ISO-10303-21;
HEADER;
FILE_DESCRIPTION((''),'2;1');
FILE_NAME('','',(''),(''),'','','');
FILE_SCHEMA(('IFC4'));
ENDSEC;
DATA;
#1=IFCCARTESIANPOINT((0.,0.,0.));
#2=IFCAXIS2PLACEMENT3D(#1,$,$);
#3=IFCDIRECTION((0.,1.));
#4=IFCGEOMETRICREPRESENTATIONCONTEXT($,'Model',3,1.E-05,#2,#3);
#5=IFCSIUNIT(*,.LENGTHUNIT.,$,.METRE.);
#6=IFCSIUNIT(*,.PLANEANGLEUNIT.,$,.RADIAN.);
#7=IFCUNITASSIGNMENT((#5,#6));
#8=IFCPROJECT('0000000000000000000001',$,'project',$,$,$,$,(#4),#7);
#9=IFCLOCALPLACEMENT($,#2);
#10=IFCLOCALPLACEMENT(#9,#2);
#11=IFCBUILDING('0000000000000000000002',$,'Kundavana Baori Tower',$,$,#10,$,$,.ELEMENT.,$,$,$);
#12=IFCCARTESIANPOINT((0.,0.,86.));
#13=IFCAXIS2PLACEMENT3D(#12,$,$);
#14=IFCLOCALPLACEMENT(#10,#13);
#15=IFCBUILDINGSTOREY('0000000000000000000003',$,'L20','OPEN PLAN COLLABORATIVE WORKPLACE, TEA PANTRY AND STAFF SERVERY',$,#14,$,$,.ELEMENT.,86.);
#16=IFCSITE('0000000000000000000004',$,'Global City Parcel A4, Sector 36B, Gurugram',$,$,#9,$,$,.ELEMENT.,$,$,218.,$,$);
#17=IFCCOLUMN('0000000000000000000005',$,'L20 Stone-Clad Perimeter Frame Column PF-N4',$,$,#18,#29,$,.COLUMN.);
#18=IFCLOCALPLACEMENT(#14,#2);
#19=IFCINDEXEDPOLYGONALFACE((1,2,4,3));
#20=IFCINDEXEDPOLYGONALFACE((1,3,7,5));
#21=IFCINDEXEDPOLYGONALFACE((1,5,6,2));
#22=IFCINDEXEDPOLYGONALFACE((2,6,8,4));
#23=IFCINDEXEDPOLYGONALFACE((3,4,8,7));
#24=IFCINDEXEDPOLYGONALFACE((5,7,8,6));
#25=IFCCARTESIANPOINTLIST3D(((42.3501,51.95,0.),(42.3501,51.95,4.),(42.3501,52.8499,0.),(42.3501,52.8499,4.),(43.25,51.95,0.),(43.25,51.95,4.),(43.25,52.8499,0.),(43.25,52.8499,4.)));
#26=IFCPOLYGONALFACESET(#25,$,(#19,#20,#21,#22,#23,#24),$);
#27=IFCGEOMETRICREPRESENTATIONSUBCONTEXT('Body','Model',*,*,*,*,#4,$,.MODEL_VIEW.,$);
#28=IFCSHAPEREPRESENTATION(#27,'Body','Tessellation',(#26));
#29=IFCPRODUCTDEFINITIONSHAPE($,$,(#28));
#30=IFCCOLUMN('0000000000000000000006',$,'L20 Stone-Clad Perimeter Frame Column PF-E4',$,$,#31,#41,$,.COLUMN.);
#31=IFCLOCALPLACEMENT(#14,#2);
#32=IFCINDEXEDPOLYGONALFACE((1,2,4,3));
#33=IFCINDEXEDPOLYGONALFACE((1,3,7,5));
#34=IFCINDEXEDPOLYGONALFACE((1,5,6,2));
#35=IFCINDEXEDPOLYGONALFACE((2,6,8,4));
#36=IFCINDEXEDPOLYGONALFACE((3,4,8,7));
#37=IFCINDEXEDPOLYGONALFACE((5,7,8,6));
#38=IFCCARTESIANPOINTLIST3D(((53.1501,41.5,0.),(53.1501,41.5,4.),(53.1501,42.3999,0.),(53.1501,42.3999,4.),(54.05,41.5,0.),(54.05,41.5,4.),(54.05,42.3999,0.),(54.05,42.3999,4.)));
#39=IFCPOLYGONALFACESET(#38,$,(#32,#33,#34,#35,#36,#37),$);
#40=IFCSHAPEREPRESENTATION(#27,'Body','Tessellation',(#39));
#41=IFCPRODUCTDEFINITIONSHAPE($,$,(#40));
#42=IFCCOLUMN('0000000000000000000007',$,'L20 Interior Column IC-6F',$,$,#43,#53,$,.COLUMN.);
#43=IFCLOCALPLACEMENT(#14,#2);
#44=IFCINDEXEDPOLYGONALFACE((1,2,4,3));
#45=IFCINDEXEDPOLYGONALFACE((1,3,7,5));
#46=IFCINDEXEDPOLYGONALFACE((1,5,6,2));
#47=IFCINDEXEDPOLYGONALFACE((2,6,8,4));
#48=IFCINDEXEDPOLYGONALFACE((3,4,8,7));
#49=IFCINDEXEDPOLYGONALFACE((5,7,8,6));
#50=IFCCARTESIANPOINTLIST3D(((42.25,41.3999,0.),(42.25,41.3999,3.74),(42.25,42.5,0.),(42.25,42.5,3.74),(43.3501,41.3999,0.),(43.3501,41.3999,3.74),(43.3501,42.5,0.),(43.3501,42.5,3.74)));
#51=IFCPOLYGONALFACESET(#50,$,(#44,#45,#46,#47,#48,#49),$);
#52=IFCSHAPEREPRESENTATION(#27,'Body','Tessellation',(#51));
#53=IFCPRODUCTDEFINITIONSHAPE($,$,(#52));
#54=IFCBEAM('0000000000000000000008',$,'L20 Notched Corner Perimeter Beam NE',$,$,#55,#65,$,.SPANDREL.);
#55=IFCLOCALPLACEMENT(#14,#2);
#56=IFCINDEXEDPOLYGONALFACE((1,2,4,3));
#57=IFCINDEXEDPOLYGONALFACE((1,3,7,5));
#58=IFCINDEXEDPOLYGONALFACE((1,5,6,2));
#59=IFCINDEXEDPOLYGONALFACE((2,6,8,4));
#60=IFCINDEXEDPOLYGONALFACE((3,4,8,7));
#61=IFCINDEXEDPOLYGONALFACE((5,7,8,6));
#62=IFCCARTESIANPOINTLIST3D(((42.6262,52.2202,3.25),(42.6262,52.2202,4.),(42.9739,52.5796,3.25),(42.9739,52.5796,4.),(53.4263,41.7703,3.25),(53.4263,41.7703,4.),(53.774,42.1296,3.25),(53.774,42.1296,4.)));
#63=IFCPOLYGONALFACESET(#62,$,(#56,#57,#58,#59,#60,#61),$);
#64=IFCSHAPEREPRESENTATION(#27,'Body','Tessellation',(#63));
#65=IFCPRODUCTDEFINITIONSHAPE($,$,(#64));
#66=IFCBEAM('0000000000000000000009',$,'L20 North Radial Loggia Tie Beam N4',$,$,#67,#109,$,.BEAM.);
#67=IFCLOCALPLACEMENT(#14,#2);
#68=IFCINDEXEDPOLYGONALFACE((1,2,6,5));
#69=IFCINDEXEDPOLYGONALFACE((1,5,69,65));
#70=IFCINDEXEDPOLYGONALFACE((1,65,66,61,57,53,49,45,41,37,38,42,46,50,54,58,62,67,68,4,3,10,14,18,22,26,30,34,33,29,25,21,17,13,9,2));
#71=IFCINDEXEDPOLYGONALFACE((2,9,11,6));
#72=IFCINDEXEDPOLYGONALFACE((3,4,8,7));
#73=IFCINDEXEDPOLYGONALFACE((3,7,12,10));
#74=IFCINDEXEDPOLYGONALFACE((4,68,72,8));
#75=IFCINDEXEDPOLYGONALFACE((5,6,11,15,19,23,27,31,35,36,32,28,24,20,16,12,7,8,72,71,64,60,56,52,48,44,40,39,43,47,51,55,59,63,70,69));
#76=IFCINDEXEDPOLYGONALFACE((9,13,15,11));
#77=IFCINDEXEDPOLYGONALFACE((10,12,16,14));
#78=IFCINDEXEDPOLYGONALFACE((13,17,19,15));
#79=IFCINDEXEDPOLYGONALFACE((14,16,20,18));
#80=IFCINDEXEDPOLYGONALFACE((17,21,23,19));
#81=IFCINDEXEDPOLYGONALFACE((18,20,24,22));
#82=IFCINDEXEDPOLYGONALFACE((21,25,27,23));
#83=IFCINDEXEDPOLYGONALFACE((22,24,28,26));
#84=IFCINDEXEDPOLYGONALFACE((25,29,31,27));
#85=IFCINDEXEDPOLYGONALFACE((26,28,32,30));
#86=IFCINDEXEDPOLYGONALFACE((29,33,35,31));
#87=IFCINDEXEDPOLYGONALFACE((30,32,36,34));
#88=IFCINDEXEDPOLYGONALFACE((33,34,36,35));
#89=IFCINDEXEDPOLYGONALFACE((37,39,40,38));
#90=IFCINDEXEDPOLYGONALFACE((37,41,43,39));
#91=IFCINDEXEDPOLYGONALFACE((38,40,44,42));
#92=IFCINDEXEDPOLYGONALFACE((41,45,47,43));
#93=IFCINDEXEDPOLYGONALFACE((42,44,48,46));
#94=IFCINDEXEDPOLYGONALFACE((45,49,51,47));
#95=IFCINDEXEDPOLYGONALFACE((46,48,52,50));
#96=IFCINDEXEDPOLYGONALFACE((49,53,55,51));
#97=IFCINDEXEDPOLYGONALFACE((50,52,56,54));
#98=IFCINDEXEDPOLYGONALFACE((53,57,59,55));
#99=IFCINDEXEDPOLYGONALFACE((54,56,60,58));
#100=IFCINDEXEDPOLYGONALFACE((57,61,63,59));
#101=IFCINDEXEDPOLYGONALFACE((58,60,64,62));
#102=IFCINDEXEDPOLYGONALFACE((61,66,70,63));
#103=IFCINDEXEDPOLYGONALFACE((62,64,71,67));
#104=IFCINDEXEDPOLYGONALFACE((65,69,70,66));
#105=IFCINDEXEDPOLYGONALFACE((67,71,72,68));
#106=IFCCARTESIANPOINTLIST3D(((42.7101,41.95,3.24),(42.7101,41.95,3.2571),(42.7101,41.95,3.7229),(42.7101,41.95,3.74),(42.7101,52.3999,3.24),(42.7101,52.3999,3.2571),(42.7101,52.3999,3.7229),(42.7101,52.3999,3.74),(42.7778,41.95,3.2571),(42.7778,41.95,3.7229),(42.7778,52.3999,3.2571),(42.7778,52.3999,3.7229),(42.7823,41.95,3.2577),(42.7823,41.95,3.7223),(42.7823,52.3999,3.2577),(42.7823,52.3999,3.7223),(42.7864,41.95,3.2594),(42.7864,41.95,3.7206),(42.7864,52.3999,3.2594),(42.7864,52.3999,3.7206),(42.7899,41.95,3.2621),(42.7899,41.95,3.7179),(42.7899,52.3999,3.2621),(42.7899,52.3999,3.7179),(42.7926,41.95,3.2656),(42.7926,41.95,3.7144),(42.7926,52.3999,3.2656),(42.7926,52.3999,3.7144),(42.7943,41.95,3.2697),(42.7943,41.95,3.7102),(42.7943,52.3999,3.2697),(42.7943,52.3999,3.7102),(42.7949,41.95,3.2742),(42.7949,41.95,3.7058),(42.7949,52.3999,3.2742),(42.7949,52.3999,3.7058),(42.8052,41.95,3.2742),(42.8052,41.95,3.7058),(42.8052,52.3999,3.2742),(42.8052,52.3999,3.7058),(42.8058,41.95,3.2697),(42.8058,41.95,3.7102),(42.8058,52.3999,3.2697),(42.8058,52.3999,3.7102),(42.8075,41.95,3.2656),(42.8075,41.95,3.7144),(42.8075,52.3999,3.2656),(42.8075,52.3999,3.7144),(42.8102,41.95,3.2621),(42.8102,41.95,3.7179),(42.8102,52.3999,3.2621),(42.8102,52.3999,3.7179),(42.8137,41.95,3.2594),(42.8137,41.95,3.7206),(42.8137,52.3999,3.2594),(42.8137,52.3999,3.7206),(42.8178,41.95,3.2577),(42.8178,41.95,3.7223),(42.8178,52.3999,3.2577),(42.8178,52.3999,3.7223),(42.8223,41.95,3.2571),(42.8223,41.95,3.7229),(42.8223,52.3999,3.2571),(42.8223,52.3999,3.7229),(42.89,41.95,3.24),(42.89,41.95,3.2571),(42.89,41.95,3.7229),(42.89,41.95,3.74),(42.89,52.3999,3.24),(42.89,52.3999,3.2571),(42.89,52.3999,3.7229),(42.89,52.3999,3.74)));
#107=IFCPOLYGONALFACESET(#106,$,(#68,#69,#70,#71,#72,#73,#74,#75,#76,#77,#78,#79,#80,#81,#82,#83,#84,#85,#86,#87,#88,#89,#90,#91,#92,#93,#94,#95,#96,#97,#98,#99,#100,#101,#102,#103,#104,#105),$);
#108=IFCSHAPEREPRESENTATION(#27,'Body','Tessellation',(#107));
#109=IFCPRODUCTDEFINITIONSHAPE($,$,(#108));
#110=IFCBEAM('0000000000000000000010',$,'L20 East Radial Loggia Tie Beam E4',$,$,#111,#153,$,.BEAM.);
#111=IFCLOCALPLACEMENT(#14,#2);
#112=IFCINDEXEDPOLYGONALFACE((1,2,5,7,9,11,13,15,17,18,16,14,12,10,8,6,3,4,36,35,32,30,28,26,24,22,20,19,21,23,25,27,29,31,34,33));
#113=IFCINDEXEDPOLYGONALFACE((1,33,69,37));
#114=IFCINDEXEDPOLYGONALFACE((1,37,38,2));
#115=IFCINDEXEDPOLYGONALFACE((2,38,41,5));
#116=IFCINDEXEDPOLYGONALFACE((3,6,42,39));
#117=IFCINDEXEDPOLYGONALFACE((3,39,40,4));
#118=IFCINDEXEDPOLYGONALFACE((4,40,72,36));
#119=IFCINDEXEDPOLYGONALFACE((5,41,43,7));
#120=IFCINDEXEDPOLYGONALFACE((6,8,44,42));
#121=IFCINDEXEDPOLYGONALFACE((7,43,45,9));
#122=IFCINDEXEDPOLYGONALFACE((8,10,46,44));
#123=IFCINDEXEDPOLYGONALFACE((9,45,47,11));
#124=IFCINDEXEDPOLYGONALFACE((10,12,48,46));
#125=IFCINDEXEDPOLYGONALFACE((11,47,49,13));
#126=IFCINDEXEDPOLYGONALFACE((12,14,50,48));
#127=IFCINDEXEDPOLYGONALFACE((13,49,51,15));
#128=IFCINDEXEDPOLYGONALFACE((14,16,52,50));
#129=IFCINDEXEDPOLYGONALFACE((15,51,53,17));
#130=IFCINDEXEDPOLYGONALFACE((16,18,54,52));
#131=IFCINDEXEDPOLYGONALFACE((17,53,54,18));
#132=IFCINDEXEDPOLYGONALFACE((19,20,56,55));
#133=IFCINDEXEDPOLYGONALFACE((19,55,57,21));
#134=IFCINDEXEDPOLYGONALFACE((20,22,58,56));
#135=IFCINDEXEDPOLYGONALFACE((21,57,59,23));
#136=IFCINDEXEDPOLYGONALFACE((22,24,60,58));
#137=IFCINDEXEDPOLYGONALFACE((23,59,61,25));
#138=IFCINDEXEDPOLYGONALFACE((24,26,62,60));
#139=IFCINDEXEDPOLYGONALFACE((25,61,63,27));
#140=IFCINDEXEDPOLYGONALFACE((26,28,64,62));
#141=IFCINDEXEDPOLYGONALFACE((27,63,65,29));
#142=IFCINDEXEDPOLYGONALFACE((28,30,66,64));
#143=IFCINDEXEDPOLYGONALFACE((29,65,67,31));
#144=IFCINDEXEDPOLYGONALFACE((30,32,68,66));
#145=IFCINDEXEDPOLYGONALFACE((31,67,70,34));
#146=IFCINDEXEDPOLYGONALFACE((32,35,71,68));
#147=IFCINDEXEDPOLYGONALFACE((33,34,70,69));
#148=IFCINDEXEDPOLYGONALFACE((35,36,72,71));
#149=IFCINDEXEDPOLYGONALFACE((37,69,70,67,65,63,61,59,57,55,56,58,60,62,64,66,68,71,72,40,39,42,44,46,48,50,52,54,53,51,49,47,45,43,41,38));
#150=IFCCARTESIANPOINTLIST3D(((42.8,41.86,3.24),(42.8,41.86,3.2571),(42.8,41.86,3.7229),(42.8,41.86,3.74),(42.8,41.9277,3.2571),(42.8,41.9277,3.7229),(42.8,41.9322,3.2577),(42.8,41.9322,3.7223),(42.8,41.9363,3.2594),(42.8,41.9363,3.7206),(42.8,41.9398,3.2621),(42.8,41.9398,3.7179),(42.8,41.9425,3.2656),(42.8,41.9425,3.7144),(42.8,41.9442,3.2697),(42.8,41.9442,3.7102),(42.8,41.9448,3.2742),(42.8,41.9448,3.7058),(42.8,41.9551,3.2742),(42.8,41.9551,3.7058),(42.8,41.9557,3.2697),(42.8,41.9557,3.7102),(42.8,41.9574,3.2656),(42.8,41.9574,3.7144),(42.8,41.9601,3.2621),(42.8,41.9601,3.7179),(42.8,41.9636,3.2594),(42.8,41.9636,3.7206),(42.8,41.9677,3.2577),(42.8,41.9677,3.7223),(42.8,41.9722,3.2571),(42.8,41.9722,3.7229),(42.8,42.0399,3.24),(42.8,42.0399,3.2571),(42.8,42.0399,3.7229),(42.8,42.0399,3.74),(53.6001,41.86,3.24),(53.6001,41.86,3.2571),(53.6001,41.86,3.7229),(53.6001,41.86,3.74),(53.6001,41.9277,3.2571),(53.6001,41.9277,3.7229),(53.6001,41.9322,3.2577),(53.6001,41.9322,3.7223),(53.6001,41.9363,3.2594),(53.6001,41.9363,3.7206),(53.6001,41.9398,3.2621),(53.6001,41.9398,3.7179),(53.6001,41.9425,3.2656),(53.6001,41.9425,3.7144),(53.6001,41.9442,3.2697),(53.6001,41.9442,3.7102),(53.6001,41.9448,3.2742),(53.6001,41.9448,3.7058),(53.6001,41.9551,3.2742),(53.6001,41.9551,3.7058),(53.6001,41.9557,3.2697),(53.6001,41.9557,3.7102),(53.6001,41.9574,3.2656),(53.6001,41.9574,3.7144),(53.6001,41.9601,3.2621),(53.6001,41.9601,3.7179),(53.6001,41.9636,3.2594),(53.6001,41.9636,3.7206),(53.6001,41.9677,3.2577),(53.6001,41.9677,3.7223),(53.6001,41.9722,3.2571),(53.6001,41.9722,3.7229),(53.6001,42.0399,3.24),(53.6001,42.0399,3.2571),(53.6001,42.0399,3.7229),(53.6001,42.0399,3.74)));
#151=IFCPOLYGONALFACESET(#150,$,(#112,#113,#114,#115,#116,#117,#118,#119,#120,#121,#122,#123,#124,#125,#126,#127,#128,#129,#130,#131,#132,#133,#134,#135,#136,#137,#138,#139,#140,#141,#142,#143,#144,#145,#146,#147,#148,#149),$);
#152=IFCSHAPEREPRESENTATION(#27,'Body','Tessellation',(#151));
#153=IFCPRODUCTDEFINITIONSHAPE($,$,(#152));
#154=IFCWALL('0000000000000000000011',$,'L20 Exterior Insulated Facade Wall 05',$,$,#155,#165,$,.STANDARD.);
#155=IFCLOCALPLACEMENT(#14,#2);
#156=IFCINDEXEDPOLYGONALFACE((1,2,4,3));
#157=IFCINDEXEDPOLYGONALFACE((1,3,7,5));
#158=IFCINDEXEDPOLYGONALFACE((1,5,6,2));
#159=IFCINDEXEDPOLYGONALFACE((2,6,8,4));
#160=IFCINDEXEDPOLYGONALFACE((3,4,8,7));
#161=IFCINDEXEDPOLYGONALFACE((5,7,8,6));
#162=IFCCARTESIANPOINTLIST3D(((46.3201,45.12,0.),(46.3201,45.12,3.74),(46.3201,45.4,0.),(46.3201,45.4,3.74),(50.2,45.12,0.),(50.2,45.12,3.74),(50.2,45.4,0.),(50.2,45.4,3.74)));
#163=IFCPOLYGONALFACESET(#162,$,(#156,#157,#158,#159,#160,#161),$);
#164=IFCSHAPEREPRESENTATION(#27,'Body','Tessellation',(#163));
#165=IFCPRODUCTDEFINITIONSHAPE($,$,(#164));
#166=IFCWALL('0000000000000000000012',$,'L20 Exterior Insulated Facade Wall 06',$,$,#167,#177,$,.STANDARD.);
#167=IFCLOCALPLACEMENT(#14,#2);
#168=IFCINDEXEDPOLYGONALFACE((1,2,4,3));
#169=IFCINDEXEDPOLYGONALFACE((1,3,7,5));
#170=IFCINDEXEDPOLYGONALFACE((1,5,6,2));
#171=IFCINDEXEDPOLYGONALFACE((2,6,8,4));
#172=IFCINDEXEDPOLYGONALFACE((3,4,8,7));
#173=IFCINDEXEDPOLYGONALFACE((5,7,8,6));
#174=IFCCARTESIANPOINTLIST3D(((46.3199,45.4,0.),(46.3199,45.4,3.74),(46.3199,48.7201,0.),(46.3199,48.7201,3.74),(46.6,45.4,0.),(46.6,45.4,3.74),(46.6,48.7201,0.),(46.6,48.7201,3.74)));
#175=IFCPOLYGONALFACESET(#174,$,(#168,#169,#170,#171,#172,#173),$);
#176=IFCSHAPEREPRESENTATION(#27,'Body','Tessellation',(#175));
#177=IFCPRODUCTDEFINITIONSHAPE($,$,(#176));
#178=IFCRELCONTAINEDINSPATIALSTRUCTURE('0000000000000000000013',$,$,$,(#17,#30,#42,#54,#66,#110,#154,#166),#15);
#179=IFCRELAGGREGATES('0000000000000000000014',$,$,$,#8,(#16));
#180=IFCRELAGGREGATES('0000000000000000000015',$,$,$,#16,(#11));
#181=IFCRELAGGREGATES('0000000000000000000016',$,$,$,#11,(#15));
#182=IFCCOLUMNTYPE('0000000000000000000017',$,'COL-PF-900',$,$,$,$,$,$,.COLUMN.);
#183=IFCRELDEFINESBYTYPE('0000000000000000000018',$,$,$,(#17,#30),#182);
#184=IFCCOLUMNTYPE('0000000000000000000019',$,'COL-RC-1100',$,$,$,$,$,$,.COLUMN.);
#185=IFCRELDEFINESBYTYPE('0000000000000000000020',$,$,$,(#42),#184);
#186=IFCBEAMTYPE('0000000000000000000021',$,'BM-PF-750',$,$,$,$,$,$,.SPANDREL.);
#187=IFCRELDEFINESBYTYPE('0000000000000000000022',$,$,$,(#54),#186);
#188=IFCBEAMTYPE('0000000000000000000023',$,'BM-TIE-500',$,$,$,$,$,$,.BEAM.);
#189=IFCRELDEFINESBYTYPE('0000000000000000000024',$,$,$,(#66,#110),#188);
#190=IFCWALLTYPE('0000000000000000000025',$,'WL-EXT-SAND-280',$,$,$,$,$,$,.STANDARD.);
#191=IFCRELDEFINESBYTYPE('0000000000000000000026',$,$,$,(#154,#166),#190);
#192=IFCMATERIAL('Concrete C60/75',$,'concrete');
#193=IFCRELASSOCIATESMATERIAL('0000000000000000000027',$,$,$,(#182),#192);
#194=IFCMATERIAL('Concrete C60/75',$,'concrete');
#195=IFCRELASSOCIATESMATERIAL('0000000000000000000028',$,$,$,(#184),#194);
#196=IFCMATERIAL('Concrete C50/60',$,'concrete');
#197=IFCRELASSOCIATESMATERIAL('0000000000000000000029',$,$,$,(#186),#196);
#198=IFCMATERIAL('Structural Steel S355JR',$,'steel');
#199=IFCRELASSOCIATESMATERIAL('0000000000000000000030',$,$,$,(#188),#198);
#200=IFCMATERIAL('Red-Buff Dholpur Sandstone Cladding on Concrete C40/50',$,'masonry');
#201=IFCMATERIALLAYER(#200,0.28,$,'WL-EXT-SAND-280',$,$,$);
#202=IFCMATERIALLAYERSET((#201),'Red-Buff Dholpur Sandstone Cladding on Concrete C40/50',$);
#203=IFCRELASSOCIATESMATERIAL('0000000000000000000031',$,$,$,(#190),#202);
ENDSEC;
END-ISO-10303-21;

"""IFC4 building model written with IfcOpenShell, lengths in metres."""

from ifc_helpers import new_model, si_unit, direction, frame, frame_2d, origin, origin_2d, place, context, subcontext, project, spatial, rectangle, i_section, extrude, material, layer, layer_set, material_profile, profile_set, type_object, element, save


model = new_model("IFC4")

# Units and contexts
model_context = context("Model", 3, precision=1e-05, world=origin(), true_north=direction((0.0, 1.0)))
body_context = subcontext(model_context, "Body", "Model", "MODEL_VIEW")
ifc_project = project(units=[si_unit("LENGTHUNIT", "METRE"), si_unit("PLANEANGLEUNIT", "RADIAN")], contexts=[model_context])

# Site, building, storey
site_placement = place(None, origin())
site = spatial("IfcSite", under=ifc_project, at=site_placement, Name="Global City Parcel A4, Sector 36B, Gurugram", CompositionType="ELEMENT", RefElevation=218.0)
building_placement = place(site_placement, origin())
building = spatial("IfcBuilding", under=site, at=building_placement, Name="Kundavana Baori Tower", CompositionType="ELEMENT")
storey_placement = place(building_placement, frame((0.0, 0.0, 86.0)))
storey = spatial("IfcBuildingStorey", under=building, at=storey_placement, Name="L20", Description="OPEN PLAN COLLABORATIVE WORKPLACE, TEA PANTRY AND STAFF SERVERY", CompositionType="ELEMENT", Elevation=86.0)

# Columns
ifc_material_1 = material(Name="Concrete C60/75", Category="concrete")
ifc_material_profile_1 = material_profile(ifc_material_1, rectangle(XDim=0.8999, YDim=0.8999, at=origin_2d()), Name="RC PF 900x900")
ifc_profile_set_1 = profile_set([ifc_material_profile_1], Name="Concrete C60/75")
column_type_1 = type_object("IfcColumnType", Name="COL-PF-900", PredefinedType="COLUMN", material=ifc_profile_set_1)
for number, where, z_axis, x_axis, name in (
    (1, (42.8, 52.3999, 0.0), (0.0, 0.0, 1.0), (1.0, 0.0, 0.0), "L20 Stone-Clad Perimeter Frame Column PF-N4"),
    (2, (53.6001, 41.95, 0.0), (0.0, 0.0, 1.0), (1.0, 0.0, 0.0), "L20 Stone-Clad Perimeter Frame Column PF-E4"),
):
    element("IfcColumn", number, at=place(storey_placement, frame(where, z_axis=z_axis, x_axis=x_axis)), inside=storey, type_object=column_type_1, Name=name, PredefinedType="COLUMN", context=body_context, shape_type="SweptSolid", body=[
        extrude(rectangle(XDim=0.8999, YDim=0.8999, at=origin_2d()), origin(), (0.0, 0.0, 1.0), 4.0),
    ])
ifc_material_2 = material(Name="Concrete C60/75", Category="concrete")
ifc_material_profile_2 = material_profile(ifc_material_2, rectangle(XDim=1.1001, YDim=1.1001, at=origin_2d()), Name="RC 1100x1100")
ifc_profile_set_2 = profile_set([ifc_material_profile_2], Name="Concrete C60/75")
column_type_2 = type_object("IfcColumnType", Name="COL-RC-1100", PredefinedType="COLUMN", material=ifc_profile_set_2)
column_placement = place(storey_placement, frame((42.8, 41.95, 0.0), z_axis=(0.0, 0.0, 1.0), x_axis=(1.0, 0.0, 0.0)))
element("IfcColumn", 3, at=column_placement, inside=storey, type_object=column_type_2, Name="L20 Interior Column IC-6F", PredefinedType="COLUMN", context=body_context, shape_type="SweptSolid", body=[
    extrude(rectangle(XDim=1.1001, YDim=1.1001, at=origin_2d()), origin(), (0.0, 0.0, 1.0), 3.74),
])

# Beams
ifc_material_3 = material(Name="Concrete C50/60", Category="concrete")
ifc_material_profile_3 = material_profile(ifc_material_3, rectangle(XDim=0.5, YDim=0.75, at=origin_2d()), Name="RC BM 500x750")
ifc_profile_set_3 = profile_set([ifc_material_profile_3], Name="Concrete C50/60")
beam_type_1 = type_object("IfcBeamType", Name="BM-PF-750", PredefinedType="SPANDREL", material=ifc_profile_set_3)
beam_1_placement = place(storey_placement, frame((42.8, 52.3999, 3.625), z_axis=(0.718659, -0.695363, 0.0), x_axis=(0.695363, 0.718659, 0.0)))
element("IfcBeam", 4, at=beam_1_placement, inside=storey, type_object=beam_type_1, Name="L20 Notched Corner Perimeter Beam NE", PredefinedType="SPANDREL", context=body_context, shape_type="SweptSolid", body=[
    extrude(rectangle(XDim=0.5, YDim=0.75, at=origin_2d()), origin(), (0.0, 0.0, 1.0), 15.0281),
])
ifc_material_4 = material(Name="Structural Steel S355JR", Category="steel")
ifc_material_profile_4 = material_profile(ifc_material_4, i_section(OverallWidth=0.1799, OverallDepth=0.5, WebThickness=0.0103, FlangeThickness=0.0171, FilletRadius=0.0171, at=origin_2d()), Name="ISMB 500")
ifc_profile_set_4 = profile_set([ifc_material_profile_4], Name="Structural Steel S355JR")
beam_type_2 = type_object("IfcBeamType", Name="BM-TIE-500", PredefinedType="BEAM", material=ifc_profile_set_4)
beam_2_placement = place(storey_placement, frame((42.8, 41.95, 3.49), z_axis=(0.0, 1.0, 0.0), x_axis=(-1.0, 0.0, 0.0)))
element("IfcBeam", 5, at=beam_2_placement, inside=storey, type_object=beam_type_2, Name="L20 North Radial Loggia Tie Beam N4", PredefinedType="BEAM", context=body_context, shape_type="SweptSolid", body=[
    extrude(i_section(OverallWidth=0.1799, OverallDepth=0.5, WebThickness=0.0103, FlangeThickness=0.0171, FilletRadius=0.0171, at=origin_2d()), origin(), (0.0, 0.0, 1.0), 10.45),
])
beam_3_placement = place(storey_placement, frame((42.8, 41.95, 3.49), z_axis=(1.0, 0.0, 0.0), x_axis=(0.0, 1.0, 0.0)))
element("IfcBeam", 6, at=beam_3_placement, inside=storey, type_object=beam_type_2, Name="L20 East Radial Loggia Tie Beam E4", PredefinedType="BEAM", context=body_context, shape_type="SweptSolid", body=[
    extrude(i_section(OverallWidth=0.1799, OverallDepth=0.5, WebThickness=0.0103, FlangeThickness=0.0171, FilletRadius=0.0171, at=origin_2d()), origin(), (0.0, 0.0, 1.0), 10.8),
])

# Walls
ifc_material_5 = material(Name="Red-Buff Dholpur Sandstone Cladding on Concrete C40/50", Category="masonry")
ifc_layer_1 = layer(ifc_material_5, 0.28, Name="WL-EXT-SAND-280")
ifc_layer_set_1 = layer_set([ifc_layer_1], Name="Red-Buff Dholpur Sandstone Cladding on Concrete C40/50")
wall_type_1 = type_object("IfcWallType", Name="WL-EXT-SAND-280", PredefinedType="STANDARD", material=ifc_layer_set_1)
wall_1_placement = place(storey_placement, frame((50.2, 45.26, 0.0), z_axis=(0.0, 0.0, 1.0), x_axis=(-1.0, 0.0, 0.0)))
element("IfcWall", 7, at=wall_1_placement, inside=storey, type_object=wall_type_1, Name="L20 Exterior Insulated Facade Wall 05", PredefinedType="STANDARD", context=body_context, shape_type="SweptSolid", body=[
    extrude(rectangle(XDim=3.8799, YDim=0.28, at=frame_2d((1.9399, 0.0))), origin(), (0.0, 0.0, 1.0), 3.74),
])
wall_2_placement = place(storey_placement, frame((46.46, 45.3999, 0.0), z_axis=(0.0, 0.0, 1.0), x_axis=(0.0, 1.0, 0.0)))
element("IfcWall", 8, at=wall_2_placement, inside=storey, type_object=wall_type_1, Name="L20 Exterior Insulated Facade Wall 06", PredefinedType="STANDARD", context=body_context, shape_type="SweptSolid", body=[
    extrude(rectangle(XDim=3.3201, YDim=0.28, at=frame_2d((1.6602, 0.0))), origin(), (0.0, 0.0, 1.0), 3.74),
])

save(model, "model.ifc")
